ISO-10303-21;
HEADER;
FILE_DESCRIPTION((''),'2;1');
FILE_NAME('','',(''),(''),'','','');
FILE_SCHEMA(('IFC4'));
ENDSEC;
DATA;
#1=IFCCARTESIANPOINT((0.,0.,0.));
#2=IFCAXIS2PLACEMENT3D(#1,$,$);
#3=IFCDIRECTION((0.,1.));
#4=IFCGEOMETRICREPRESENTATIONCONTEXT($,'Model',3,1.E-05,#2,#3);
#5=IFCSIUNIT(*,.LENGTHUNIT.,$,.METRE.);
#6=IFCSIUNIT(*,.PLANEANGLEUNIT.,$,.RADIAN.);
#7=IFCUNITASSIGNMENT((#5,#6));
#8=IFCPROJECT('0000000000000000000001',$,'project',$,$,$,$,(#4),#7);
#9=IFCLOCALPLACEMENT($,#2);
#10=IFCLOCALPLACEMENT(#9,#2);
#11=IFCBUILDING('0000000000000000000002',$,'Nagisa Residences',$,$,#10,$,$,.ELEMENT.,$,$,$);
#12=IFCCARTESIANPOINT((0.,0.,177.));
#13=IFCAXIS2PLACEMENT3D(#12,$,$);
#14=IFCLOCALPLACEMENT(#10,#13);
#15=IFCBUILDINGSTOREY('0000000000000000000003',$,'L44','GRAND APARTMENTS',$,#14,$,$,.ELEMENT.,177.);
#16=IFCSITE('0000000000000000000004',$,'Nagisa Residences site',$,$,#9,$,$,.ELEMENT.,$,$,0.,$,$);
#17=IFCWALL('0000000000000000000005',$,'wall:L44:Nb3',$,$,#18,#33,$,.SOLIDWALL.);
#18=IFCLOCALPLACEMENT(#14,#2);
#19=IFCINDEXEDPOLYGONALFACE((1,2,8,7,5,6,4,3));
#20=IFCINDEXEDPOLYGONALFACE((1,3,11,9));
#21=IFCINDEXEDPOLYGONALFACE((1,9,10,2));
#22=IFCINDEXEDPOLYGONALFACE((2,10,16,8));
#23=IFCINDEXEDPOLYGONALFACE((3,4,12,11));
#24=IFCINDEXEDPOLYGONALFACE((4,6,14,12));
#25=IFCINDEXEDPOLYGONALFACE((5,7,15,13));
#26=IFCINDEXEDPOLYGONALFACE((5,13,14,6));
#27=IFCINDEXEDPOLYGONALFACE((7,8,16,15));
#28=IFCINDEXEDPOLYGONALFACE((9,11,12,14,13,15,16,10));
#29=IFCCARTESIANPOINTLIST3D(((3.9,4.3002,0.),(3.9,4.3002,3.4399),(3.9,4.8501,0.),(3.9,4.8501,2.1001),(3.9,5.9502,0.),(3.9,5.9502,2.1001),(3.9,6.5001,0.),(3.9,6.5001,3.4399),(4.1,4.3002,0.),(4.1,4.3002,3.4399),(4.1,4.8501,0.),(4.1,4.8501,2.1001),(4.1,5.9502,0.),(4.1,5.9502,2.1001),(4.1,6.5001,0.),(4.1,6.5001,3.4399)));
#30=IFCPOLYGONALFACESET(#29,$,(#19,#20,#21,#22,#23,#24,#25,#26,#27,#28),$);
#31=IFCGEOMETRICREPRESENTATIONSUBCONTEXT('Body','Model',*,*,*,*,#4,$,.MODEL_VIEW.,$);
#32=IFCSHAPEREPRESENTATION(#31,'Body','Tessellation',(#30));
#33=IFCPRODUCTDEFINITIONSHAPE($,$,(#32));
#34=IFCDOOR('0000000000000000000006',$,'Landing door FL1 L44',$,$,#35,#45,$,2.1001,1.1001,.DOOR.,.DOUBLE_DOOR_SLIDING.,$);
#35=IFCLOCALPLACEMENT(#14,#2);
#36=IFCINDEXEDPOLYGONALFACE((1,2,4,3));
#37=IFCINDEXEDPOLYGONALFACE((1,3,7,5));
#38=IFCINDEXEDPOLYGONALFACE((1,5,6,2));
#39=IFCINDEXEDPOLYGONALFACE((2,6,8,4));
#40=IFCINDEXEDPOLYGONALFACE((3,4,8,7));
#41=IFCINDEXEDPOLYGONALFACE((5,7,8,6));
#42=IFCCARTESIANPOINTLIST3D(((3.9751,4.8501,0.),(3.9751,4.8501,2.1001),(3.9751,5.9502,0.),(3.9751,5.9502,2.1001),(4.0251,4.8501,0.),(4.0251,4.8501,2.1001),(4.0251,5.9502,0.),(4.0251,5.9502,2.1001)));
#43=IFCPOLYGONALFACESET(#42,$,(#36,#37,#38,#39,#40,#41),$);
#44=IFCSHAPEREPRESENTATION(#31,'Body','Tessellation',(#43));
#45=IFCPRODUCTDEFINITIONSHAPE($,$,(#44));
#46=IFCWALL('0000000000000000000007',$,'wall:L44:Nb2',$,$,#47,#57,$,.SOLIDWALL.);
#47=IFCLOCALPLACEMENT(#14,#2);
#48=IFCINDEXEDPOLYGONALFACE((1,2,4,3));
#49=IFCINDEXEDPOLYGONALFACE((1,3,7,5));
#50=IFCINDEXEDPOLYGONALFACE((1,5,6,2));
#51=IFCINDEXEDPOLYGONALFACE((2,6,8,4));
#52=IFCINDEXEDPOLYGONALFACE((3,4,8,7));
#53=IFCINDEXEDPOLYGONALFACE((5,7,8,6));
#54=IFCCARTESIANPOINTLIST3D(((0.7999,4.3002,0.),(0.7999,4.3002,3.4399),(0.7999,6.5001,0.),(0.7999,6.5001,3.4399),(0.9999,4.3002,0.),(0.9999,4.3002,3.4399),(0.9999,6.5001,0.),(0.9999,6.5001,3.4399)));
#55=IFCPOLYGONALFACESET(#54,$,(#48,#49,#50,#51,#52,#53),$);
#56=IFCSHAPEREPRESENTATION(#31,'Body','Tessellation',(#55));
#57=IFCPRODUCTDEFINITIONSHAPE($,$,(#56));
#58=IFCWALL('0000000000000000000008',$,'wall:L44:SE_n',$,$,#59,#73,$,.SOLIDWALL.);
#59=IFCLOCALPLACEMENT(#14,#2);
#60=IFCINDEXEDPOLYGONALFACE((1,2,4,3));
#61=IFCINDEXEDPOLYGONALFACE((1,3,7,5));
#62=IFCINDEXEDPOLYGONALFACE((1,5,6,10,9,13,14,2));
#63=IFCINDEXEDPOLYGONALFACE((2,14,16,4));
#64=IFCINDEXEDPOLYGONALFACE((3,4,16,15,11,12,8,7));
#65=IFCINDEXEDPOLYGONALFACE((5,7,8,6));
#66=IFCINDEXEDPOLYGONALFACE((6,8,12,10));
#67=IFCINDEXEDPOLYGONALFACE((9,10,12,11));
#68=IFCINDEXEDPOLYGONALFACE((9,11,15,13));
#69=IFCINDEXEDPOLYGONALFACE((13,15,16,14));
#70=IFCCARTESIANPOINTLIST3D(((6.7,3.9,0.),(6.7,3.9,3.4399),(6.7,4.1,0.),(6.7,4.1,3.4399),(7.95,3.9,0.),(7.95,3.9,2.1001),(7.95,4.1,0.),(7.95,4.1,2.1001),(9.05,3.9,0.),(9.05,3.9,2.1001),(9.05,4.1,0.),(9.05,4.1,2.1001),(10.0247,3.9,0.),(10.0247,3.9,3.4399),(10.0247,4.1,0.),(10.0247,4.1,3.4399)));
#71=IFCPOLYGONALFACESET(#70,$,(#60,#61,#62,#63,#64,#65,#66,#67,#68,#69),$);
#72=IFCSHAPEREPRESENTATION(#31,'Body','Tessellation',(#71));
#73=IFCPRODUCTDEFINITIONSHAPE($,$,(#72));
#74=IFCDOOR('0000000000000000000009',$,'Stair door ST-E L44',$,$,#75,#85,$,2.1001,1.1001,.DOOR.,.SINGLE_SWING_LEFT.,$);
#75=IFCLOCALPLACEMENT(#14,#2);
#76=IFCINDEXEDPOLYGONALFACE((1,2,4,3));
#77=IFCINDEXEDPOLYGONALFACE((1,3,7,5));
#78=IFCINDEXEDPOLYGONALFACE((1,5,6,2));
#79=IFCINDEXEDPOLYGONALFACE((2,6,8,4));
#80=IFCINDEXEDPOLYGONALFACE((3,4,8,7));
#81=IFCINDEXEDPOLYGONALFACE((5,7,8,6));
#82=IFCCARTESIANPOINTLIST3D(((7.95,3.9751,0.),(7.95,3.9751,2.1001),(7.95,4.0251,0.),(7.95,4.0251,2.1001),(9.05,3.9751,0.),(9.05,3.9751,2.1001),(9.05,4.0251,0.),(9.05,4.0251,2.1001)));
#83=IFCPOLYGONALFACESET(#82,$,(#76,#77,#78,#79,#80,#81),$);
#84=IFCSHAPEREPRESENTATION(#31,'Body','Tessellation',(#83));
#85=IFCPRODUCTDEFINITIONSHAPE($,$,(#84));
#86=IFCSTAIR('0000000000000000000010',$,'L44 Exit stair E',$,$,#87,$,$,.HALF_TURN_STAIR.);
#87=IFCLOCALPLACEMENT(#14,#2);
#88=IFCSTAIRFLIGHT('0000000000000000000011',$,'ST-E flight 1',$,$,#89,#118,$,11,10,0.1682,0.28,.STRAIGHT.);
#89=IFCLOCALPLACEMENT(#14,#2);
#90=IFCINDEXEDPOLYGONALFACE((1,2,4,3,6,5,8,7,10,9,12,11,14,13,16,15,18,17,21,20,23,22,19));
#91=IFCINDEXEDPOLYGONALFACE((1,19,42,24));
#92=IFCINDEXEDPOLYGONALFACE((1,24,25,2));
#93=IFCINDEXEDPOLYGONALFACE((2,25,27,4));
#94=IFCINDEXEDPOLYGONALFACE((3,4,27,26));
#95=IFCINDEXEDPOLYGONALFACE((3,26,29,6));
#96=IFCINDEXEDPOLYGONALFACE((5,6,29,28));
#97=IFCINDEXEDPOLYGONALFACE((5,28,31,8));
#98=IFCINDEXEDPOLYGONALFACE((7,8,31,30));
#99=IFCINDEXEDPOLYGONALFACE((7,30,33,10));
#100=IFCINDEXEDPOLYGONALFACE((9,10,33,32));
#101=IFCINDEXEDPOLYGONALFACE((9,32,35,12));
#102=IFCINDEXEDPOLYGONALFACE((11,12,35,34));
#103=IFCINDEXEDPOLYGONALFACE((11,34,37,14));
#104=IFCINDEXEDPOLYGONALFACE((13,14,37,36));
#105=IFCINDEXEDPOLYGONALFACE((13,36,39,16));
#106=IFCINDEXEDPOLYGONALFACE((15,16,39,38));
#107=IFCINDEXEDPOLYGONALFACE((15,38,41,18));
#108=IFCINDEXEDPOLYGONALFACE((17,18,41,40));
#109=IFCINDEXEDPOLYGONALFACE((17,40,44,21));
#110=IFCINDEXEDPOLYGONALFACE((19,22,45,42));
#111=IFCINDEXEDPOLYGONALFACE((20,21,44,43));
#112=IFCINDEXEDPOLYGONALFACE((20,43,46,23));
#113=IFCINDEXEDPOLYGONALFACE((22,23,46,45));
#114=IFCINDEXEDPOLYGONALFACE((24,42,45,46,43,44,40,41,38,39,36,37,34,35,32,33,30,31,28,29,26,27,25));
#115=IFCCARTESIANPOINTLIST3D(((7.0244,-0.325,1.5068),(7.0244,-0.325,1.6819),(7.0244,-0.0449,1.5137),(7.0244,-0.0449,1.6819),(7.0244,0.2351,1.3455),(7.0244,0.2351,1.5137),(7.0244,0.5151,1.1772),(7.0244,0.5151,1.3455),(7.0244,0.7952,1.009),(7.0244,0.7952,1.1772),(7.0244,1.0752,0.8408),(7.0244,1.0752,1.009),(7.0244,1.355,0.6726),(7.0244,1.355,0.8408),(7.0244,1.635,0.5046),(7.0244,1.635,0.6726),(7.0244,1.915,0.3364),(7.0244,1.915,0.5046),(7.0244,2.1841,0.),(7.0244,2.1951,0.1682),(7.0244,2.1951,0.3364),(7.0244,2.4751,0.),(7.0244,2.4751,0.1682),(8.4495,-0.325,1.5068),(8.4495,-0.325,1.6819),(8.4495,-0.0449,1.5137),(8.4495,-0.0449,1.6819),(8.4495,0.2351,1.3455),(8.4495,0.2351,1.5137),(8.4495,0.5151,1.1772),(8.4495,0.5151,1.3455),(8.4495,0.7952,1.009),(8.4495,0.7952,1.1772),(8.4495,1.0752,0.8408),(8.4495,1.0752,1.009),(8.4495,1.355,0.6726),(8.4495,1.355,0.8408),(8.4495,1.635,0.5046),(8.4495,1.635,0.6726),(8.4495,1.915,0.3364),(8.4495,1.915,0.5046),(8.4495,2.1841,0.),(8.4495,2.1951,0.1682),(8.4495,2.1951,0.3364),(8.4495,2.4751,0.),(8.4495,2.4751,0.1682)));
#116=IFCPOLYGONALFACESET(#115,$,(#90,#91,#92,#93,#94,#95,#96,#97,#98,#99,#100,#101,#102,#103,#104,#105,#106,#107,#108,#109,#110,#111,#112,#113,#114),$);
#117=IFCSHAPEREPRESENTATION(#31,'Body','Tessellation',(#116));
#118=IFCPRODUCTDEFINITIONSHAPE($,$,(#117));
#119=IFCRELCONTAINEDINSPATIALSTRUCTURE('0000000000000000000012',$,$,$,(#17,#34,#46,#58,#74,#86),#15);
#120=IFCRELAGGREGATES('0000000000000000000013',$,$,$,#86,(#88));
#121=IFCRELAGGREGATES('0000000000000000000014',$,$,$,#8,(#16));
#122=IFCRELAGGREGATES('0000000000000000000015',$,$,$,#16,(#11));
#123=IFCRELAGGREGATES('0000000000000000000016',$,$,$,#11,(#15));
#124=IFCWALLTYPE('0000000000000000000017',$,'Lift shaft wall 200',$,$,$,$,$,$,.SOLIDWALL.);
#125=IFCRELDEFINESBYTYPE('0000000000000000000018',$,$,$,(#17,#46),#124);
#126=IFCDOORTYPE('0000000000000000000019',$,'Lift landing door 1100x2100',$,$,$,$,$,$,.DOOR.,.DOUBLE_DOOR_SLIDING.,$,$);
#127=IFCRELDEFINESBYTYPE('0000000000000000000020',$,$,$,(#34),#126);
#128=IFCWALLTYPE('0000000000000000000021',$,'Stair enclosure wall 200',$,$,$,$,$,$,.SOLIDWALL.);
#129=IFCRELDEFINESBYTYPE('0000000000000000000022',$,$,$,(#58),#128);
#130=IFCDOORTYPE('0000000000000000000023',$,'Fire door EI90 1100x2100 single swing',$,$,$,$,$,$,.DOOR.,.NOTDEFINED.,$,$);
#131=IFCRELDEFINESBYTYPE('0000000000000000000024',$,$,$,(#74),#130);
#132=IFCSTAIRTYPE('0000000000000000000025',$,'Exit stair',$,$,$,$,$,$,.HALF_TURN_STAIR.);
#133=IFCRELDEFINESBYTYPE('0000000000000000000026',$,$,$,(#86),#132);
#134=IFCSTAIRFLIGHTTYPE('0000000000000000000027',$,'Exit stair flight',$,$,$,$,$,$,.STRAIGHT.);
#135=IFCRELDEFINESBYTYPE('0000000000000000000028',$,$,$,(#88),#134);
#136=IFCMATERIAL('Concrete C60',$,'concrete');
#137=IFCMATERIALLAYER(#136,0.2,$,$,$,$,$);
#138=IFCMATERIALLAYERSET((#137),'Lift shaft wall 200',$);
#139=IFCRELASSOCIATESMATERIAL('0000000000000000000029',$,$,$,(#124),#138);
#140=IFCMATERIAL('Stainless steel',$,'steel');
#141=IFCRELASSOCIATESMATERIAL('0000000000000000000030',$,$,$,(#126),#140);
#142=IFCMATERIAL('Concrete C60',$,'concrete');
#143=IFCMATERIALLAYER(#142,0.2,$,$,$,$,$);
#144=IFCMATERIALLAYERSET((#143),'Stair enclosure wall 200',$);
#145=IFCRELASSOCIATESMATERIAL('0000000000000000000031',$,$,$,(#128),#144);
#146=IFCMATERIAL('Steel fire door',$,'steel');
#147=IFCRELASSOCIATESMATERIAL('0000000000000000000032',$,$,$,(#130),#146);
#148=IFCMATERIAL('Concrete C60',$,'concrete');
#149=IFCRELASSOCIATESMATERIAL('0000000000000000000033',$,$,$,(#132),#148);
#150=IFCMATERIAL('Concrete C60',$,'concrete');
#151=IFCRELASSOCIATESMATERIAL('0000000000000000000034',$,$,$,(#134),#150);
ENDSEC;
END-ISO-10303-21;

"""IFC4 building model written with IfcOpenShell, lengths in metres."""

from ifc_helpers import new_model, si_unit, direction, frame, frame_2d, origin, place, context, subcontext, project, spatial, polyline, rectangle, outline, extrude, material, layer, layer_set, type_object, element, fill, aggregate, save


model = new_model("IFC4")

# Units and contexts
model_context = context("Model", 3, precision=1e-05, world=origin(), true_north=direction((0.0, 1.0)))
body_context = subcontext(model_context, "Body", "Model", "MODEL_VIEW")
ifc_project = project(units=[si_unit("LENGTHUNIT", "METRE"), si_unit("PLANEANGLEUNIT", "RADIAN")], contexts=[model_context])

# Site, building, storey
site_placement = place(None, origin())
site = spatial("IfcSite", under=ifc_project, at=site_placement, Name="Nagisa Residences site", CompositionType="ELEMENT", RefElevation=0.0)
building_placement = place(site_placement, origin())
building = spatial("IfcBuilding", under=site, at=building_placement, Name="Nagisa Residences", CompositionType="ELEMENT")
storey_placement = place(building_placement, frame((0.0, 0.0, 177.0)))
storey = spatial("IfcBuildingStorey", under=building, at=storey_placement, Name="L44", Description="GRAND APARTMENTS", CompositionType="ELEMENT", Elevation=177.0)

# Wall, opening, door
ifc_material_1 = material(Name="Concrete C60", Category="concrete")
ifc_layer_1 = layer(ifc_material_1, 0.2)
ifc_layer_set_1 = layer_set([ifc_layer_1], Name="Lift shaft wall 200")
wall_type_1 = type_object("IfcWallType", Name="Lift shaft wall 200", PredefinedType="SOLIDWALL", material=ifc_layer_set_1)
wall_1_placement = place(storey_placement, frame((4.0, 4.3, 0.0), z_axis=(0.0, 0.0, 1.0), x_axis=(0.0, 1.0, 0.0)))
wall_1 = element("IfcWall", 1, at=wall_1_placement, inside=storey, type_object=wall_type_1, Name="wall:L44:Nb3", PredefinedType="SOLIDWALL", context=body_context, shape_type="SweptSolid", body=[
    extrude(rectangle(XDim=2.2, YDim=0.2, at=frame_2d((1.1001, 0.0))), origin(), (0.0, 0.0, 1.0), 3.4399),
])
opening_1_placement = place(wall_1_placement, frame((0.55, 0.0, 0.0)))
opening_1 = element("IfcOpeningElement", 2, at=opening_1_placement, cuts=wall_1, PredefinedType="OPENING", context=body_context, shape_type="SweptSolid", body=[
    extrude(rectangle(XDim=1.1001, YDim=2.1001, at=frame_2d((0.55, 1.05))), frame((0.0, 0.1099, 0.0), z_axis=(0.0, -1.0, 0.0), x_axis=(1.0, 0.0, 0.0)), (0.0, 0.0, 1.0), 0.22),
])
ifc_material_2 = material(Name="Stainless steel", Category="steel")
door_type_1 = type_object("IfcDoorType", Name="Lift landing door 1100x2100", OperationType="DOUBLE_DOOR_SLIDING", PredefinedType="DOOR", material=ifc_material_2)
door_1_placement = place(opening_1_placement, origin())
door_1 = element("IfcDoor", 3, at=door_1_placement, inside=storey, type_object=door_type_1, Name="Landing door FL1 L44", OperationType="DOUBLE_DOOR_SLIDING", OverallHeight=2.1001, OverallWidth=1.1001, PredefinedType="DOOR", context=body_context, shape_type="SweptSolid", body=[
    extrude(rectangle(XDim=1.1001, YDim=2.1001, at=frame_2d((0.55, 1.05))), frame((0.0, 0.0249, 0.0), z_axis=(0.0, -1.0, 0.0), x_axis=(1.0, 0.0, 0.0)), (0.0, 0.0, 1.0), 0.05),
])
fill(opening_1, door_1)

# Wall
wall_2_placement = place(storey_placement, frame((0.8999, 4.3, 0.0), z_axis=(0.0, 0.0, 1.0), x_axis=(0.0, 1.0, 0.0)))
element("IfcWall", 4, at=wall_2_placement, inside=storey, type_object=wall_type_1, Name="wall:L44:Nb2", PredefinedType="SOLIDWALL", context=body_context, shape_type="SweptSolid", body=[
    extrude(rectangle(XDim=2.2, YDim=0.2, at=frame_2d((1.1001, 0.0))), origin(), (0.0, 0.0, 1.0), 3.4399),
])

# Wall, opening, door
ifc_material_3 = material(Name="Concrete C60", Category="concrete")
ifc_layer_2 = layer(ifc_material_3, 0.2)
ifc_layer_set_2 = layer_set([ifc_layer_2], Name="Stair enclosure wall 200")
wall_type_2 = type_object("IfcWallType", Name="Stair enclosure wall 200", PredefinedType="SOLIDWALL", material=ifc_layer_set_2)
wall_3_placement = place(storey_placement, frame((6.7, 4.0, 0.0), z_axis=(0.0, 0.0, 1.0), x_axis=(1.0, 0.0, 0.0)))
wall_3 = element("IfcWall", 5, at=wall_3_placement, inside=storey, type_object=wall_type_2, Name="wall:L44:SE_n", PredefinedType="SOLIDWALL", context=body_context, shape_type="SweptSolid", body=[
    extrude(rectangle(XDim=3.3247, YDim=0.2, at=frame_2d((1.6624, 0.0))), origin(), (0.0, 0.0, 1.0), 3.4399),
])
opening_2_placement = place(wall_3_placement, frame((1.25, 0.0, 0.0)))
opening_2 = element("IfcOpeningElement", 6, at=opening_2_placement, cuts=wall_3, PredefinedType="OPENING", context=body_context, shape_type="SweptSolid", body=[
    extrude(rectangle(XDim=1.1001, YDim=2.1001, at=frame_2d((0.55, 1.05))), frame((0.0, 0.1099, 0.0), z_axis=(0.0, -1.0, 0.0), x_axis=(1.0, 0.0, 0.0)), (0.0, 0.0, 1.0), 0.22),
])
ifc_material_4 = material(Name="Steel fire door", Category="steel")
door_type_2 = type_object("IfcDoorType", Name="Fire door EI90 1100x2100 single swing", OperationType="NOTDEFINED", PredefinedType="DOOR", material=ifc_material_4)
door_2_placement = place(opening_2_placement, frame((1.1001, 0.0, 0.0), x_axis=(-1.0, 0.0, 0.0)))
door_2 = element("IfcDoor", 7, at=door_2_placement, inside=storey, type_object=door_type_2, Name="Stair door ST-E L44", OperationType="SINGLE_SWING_LEFT", OverallHeight=2.1001, OverallWidth=1.1001, PredefinedType="DOOR", context=body_context, shape_type="SweptSolid", body=[
    extrude(rectangle(XDim=1.1001, YDim=2.1001, at=frame_2d((0.55, 1.05))), frame((0.0, 0.0249, 0.0), z_axis=(0.0, -1.0, 0.0), x_axis=(1.0, 0.0, 0.0)), (0.0, 0.0, 1.0), 0.05),
])
fill(opening_2, door_2)

# Stair, stair flight
ifc_material_5 = material(Name="Concrete C60", Category="concrete")
stair_type = type_object("IfcStairType", Name="Exit stair", PredefinedType="HALF_TURN_STAIR", material=ifc_material_5)
stair_placement = place(storey_placement, origin())
stair = element("IfcStair", 8, at=stair_placement, inside=storey, type_object=stair_type, Name="L44 Exit stair E", PredefinedType="HALF_TURN_STAIR")
ifc_material_6 = material(Name="Concrete C60", Category="concrete")
stair_flight_type = type_object("IfcStairFlightType", Name="Exit stair flight", PredefinedType="STRAIGHT", material=ifc_material_6)
stair_flight_placement = place(storey_placement, frame((7.7371, 2.4751, 0.0), z_axis=(0.0, 0.0, 1.0), x_axis=(0.0, -1.0, 0.0)))
stair_flight = element("IfcStairFlight", 9, at=stair_flight_placement, type_object=stair_flight_type, Name="ST-E flight 1", NumberOfRisers=11, NumberOfTreads=10, PredefinedType="STRAIGHT", RiserHeight=0.1682, TreadLength=0.28, context=body_context, shape_type="SweptSolid", body=[
    extrude(outline(polyline([(0.0, 0.0), (0.0, 0.1682), (0.28, 0.1682), (0.28, 0.3364), (0.5601, 0.3364), (0.5601, 0.5046), (0.8401, 0.5046), (0.8401, 0.6726), (1.1201, 0.6726), (1.1201, 0.8408), (1.3999, 0.8408), (1.3999, 1.009), (1.6799, 1.009), (1.6799, 1.1772), (1.96, 1.1772), (1.96, 1.3455), (2.24, 1.3455), (2.24, 1.5137), (2.52, 1.5137), (2.52, 1.6819), (2.8, 1.6819), (2.8, 1.8501), (2.8, 1.5068), (0.291, 0.0), (0.0, 0.0)])), frame((0.0, 0.7124, 0.0), z_axis=(0.0, -1.0, 0.0), x_axis=(1.0, 0.0, 0.0)), (0.0, 0.0, 1.0), 1.425),
])
aggregate(stair, [stair_flight])

save(model, "model.ifc")
